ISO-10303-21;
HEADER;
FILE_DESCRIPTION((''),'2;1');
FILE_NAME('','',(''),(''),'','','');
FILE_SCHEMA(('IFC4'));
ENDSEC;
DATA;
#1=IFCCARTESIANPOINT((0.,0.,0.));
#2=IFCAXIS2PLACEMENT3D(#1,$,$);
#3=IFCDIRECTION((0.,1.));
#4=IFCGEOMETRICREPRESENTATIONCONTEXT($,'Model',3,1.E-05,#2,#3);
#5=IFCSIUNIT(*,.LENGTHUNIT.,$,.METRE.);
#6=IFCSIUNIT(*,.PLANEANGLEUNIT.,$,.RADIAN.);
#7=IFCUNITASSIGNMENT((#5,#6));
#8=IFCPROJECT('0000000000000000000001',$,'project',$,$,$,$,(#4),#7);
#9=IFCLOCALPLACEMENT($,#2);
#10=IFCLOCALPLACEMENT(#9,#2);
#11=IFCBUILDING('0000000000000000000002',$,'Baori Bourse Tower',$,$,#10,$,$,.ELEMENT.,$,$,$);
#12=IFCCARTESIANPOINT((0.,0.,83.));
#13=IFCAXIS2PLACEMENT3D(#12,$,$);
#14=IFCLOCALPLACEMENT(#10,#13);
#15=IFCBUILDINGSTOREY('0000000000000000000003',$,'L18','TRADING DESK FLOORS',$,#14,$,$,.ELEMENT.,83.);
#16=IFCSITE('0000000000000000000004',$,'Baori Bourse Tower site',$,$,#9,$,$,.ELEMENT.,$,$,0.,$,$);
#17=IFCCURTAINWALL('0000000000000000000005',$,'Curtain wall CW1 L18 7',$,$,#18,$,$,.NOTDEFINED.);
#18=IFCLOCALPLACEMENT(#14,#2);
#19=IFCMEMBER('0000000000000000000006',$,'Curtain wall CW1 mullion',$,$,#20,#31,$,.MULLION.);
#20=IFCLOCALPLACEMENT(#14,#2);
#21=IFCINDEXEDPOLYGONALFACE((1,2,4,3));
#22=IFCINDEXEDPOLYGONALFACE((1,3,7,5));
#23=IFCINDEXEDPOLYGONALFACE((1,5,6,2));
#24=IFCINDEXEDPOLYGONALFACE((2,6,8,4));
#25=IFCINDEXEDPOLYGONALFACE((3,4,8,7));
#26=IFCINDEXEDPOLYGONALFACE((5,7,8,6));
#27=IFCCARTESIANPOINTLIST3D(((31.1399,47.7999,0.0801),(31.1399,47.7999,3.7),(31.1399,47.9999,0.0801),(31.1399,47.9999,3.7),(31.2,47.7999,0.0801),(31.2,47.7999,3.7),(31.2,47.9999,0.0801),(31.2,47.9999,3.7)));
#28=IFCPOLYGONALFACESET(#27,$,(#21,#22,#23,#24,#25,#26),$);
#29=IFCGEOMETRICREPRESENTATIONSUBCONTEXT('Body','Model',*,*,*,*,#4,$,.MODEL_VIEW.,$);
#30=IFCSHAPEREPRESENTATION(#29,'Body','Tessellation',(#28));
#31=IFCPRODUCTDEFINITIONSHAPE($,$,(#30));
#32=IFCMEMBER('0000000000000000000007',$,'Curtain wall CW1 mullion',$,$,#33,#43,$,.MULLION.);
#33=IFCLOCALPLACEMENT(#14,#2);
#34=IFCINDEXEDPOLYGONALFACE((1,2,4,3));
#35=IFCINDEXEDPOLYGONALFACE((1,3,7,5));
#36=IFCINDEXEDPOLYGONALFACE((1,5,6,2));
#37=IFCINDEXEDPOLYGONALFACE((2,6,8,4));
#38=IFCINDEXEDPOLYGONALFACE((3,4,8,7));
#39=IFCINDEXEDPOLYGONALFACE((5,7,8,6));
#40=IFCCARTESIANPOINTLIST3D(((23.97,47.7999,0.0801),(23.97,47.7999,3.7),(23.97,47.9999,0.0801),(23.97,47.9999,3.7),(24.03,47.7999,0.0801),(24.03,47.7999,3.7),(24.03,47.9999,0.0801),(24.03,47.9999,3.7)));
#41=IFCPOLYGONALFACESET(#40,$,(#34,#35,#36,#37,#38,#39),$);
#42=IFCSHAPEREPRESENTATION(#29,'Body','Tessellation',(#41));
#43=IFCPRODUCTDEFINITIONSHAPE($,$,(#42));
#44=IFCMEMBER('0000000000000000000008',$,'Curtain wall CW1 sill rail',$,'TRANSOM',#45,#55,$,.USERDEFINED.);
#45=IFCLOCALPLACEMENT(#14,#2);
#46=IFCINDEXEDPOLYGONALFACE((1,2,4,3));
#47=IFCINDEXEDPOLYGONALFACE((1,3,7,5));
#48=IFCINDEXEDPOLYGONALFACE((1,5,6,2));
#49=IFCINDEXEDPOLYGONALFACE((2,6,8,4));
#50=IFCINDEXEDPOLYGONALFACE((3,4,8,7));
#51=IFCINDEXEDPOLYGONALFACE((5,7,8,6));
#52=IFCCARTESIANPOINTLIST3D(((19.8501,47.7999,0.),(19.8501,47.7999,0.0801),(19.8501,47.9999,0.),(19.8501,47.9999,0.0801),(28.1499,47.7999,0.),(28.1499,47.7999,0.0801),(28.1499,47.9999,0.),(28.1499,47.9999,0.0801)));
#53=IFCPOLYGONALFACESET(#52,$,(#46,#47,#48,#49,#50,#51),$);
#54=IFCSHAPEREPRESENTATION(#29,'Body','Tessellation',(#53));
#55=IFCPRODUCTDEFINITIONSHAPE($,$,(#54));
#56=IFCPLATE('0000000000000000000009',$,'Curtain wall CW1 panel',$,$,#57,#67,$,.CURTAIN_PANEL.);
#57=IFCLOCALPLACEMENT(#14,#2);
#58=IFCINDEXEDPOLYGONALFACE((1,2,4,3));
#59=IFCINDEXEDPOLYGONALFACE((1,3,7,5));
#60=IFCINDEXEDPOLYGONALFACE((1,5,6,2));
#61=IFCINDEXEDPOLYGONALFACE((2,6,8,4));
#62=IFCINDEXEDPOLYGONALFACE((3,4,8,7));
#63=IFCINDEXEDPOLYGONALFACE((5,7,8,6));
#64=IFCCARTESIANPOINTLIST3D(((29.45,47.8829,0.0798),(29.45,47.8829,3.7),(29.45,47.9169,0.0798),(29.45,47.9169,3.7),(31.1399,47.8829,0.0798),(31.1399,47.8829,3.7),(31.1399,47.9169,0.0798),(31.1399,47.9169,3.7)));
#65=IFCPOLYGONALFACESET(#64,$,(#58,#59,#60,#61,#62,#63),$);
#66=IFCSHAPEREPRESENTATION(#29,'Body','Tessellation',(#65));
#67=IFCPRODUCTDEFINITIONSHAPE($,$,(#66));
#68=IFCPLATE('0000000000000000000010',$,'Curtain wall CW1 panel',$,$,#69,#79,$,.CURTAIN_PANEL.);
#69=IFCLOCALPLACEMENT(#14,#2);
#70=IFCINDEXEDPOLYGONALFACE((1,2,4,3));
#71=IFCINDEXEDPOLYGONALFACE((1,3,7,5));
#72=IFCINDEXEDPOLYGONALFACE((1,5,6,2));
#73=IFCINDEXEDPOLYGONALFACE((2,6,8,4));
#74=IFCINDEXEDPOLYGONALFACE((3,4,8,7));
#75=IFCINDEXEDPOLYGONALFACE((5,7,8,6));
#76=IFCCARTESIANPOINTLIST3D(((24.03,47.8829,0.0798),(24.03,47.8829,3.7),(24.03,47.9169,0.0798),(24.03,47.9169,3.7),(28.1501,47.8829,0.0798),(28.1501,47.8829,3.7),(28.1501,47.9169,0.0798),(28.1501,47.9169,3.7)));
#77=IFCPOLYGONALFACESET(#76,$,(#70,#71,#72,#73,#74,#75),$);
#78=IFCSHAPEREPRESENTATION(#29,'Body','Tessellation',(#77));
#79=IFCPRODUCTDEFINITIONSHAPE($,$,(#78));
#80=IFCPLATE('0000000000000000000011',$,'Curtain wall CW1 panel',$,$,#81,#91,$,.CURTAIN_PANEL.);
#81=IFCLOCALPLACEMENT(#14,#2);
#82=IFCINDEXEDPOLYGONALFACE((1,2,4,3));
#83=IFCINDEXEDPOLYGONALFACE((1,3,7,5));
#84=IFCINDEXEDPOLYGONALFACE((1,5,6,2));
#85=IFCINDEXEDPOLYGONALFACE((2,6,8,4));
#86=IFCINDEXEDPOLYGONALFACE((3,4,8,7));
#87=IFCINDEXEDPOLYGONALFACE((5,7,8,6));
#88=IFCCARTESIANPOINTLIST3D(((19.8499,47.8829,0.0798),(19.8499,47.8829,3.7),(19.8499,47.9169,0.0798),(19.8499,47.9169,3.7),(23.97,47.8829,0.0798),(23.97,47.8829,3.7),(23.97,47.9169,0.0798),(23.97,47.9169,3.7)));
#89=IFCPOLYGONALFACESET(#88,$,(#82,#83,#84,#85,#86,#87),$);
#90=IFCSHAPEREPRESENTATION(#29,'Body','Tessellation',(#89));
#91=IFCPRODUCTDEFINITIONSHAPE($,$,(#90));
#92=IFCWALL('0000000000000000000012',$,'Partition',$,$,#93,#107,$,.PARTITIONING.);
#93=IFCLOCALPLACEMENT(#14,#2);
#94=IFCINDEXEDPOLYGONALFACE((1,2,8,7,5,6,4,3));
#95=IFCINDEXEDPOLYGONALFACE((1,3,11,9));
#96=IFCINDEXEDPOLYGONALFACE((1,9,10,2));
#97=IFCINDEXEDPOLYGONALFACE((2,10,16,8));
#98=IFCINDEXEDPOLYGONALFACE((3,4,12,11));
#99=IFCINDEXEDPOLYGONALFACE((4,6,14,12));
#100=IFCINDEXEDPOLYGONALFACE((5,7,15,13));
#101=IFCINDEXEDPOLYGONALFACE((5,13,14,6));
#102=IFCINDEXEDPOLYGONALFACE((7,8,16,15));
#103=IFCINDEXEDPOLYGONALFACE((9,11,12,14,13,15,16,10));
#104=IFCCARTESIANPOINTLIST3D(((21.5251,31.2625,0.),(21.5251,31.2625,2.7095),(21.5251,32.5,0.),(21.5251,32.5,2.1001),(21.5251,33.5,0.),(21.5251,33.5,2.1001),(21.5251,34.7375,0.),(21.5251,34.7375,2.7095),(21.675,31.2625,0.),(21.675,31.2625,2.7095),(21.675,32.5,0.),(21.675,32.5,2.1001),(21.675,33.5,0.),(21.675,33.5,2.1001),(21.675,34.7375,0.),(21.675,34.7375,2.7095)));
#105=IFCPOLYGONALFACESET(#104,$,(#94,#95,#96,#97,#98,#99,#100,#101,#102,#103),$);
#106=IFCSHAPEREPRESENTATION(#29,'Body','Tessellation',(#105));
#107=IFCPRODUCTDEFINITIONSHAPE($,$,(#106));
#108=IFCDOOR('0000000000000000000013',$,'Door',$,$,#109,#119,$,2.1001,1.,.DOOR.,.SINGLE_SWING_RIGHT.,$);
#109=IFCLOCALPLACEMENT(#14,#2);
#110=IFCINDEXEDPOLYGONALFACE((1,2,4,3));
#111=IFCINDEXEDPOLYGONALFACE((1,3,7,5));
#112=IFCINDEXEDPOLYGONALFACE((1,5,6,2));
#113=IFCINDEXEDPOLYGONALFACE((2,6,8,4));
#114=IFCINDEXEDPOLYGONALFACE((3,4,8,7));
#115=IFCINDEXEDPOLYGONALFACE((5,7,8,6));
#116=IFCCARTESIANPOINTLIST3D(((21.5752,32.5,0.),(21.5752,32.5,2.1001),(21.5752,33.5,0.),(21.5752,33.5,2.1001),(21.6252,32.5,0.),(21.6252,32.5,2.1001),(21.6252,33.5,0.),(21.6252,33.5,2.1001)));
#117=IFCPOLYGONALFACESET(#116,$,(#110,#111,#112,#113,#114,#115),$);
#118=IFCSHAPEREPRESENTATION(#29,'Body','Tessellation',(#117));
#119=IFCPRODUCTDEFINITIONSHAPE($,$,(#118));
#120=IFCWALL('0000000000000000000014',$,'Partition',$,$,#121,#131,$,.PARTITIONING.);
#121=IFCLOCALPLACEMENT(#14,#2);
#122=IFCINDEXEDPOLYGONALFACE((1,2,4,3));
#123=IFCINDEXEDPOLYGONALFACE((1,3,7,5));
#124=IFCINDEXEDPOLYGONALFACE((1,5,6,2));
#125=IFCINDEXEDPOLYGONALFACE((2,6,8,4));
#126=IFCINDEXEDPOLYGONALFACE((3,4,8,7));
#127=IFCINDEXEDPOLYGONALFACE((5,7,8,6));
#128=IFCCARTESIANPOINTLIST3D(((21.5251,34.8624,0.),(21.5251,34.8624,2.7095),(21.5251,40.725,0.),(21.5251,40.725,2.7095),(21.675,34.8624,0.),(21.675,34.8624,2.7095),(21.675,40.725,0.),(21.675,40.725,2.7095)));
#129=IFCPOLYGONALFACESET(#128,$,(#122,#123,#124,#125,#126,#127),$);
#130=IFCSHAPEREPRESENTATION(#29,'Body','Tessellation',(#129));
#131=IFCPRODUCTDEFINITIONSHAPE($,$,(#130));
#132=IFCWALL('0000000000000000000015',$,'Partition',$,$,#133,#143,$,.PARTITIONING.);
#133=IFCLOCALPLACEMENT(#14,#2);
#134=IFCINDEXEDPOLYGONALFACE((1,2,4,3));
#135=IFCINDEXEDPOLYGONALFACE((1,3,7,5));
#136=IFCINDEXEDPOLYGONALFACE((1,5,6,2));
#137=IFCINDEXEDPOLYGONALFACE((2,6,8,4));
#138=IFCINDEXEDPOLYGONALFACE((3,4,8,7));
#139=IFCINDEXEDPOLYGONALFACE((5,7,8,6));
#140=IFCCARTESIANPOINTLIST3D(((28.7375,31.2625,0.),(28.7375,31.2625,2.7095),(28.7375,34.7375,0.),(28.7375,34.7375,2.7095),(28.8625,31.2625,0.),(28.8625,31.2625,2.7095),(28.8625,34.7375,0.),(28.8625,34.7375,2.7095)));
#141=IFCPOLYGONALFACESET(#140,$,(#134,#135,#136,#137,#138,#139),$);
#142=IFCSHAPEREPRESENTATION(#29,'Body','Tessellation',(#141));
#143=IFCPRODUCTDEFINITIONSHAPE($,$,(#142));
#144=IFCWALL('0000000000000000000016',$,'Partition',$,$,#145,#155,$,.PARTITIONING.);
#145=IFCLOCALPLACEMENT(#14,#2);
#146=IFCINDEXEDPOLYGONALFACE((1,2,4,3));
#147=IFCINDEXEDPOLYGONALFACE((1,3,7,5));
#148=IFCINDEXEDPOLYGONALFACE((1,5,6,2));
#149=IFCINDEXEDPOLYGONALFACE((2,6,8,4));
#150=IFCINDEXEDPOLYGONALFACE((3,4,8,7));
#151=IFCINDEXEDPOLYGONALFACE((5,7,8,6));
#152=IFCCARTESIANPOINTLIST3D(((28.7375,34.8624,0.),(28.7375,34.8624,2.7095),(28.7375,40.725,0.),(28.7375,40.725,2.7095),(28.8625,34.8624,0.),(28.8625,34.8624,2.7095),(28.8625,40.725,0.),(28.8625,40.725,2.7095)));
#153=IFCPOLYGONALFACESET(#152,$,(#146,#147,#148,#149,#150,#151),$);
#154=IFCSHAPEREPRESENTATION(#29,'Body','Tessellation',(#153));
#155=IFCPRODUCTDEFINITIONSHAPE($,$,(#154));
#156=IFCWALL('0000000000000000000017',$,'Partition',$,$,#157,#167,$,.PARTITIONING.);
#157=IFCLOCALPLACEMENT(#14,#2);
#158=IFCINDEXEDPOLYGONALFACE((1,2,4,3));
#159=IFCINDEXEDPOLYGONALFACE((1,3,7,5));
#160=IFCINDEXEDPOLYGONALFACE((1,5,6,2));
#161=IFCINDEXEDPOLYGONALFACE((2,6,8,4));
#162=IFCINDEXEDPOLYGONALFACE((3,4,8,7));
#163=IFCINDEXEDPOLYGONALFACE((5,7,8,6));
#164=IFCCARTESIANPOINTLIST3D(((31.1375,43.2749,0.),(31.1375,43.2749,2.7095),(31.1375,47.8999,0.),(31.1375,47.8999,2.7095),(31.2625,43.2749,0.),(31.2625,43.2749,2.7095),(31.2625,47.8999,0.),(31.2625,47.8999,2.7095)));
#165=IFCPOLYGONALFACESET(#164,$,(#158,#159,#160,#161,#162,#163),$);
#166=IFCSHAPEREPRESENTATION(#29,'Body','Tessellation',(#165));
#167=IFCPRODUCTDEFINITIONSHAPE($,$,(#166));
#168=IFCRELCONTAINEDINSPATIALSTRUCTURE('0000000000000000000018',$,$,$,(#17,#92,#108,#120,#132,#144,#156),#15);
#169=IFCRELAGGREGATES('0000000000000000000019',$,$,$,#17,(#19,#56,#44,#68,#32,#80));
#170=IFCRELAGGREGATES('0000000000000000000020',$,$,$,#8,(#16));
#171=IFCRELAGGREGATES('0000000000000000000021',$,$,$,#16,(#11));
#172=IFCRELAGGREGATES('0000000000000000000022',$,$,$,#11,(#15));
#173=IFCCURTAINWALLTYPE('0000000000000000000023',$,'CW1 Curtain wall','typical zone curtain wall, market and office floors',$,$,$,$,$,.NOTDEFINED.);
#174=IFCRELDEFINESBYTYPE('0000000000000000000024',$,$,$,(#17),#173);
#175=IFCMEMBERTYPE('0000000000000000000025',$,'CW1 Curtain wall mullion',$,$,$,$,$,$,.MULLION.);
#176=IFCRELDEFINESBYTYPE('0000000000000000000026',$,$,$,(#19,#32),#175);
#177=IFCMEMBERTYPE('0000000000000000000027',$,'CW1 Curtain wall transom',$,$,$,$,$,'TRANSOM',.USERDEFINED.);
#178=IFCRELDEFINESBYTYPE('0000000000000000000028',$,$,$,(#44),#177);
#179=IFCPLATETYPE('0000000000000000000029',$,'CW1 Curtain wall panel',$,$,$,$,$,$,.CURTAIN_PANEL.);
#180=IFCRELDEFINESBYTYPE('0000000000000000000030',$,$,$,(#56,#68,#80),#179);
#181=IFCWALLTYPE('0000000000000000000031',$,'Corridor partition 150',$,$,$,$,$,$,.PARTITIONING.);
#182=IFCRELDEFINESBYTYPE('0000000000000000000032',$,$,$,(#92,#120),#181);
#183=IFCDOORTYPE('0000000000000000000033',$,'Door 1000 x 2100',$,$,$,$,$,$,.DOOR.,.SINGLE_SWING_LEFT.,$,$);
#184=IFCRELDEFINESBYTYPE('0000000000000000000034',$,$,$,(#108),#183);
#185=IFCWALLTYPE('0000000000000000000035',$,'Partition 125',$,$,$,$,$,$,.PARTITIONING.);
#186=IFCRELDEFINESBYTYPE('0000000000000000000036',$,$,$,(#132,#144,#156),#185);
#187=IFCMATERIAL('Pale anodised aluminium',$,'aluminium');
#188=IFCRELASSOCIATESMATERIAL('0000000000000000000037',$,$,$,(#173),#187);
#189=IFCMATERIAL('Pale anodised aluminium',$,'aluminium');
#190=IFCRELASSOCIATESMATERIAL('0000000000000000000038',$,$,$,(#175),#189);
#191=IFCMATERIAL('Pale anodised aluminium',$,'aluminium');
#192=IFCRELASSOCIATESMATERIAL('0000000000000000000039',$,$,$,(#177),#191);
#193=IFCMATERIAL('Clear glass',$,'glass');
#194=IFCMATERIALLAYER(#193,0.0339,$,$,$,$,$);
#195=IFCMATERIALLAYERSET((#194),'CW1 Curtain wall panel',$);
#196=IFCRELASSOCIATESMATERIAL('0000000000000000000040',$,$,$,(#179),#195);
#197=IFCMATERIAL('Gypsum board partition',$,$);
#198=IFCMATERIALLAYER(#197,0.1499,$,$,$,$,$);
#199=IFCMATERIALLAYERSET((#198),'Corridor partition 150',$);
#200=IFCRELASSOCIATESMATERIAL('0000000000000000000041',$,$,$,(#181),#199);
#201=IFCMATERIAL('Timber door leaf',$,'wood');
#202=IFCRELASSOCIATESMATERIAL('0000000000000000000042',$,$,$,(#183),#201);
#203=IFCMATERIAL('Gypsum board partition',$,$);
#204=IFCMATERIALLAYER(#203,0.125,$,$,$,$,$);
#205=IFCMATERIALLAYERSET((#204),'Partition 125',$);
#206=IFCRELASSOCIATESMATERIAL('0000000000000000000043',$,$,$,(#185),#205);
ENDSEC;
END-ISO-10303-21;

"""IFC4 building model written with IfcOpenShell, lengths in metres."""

from ifc_helpers import new_model, si_unit, direction, frame, frame_2d, origin, origin_2d, place, context, subcontext, project, spatial, rectangle, extrude, material, layer, layer_set, material_profile, profile_set, type_object, element, fill, aggregate, save


model = new_model("IFC4")

# Units and contexts
model_context = context("Model", 3, precision=1e-05, world=origin(), true_north=direction((0.0, 1.0)))
body_context = subcontext(model_context, "Body", "Model", "MODEL_VIEW")
ifc_project = project(units=[si_unit("LENGTHUNIT", "METRE"), si_unit("PLANEANGLEUNIT", "RADIAN")], contexts=[model_context])

# Site, building, storey
site_placement = place(None, origin())
site = spatial("IfcSite", under=ifc_project, at=site_placement, Name="Baori Bourse Tower site", CompositionType="ELEMENT", RefElevation=0.0)
building_placement = place(site_placement, origin())
building = spatial("IfcBuilding", under=site, at=building_placement, Name="Baori Bourse Tower", CompositionType="ELEMENT")
storey_placement = place(building_placement, frame((0.0, 0.0, 83.0)))
storey = spatial("IfcBuildingStorey", under=building, at=storey_placement, Name="L18", Description="TRADING DESK FLOORS", CompositionType="ELEMENT", Elevation=83.0)

# Curtain wall, members, plates
ifc_material_1 = material(Name="Pale anodised aluminium", Category="aluminium")
curtain_wall_type = type_object("IfcCurtainWallType", Name="CW1 Curtain wall", Description="typical zone curtain wall, market and office floors", PredefinedType="NOTDEFINED", material=ifc_material_1)
curtain_wall_placement = place(storey_placement, origin())
curtain_wall = element("IfcCurtainWall", 1, at=curtain_wall_placement, inside=storey, type_object=curtain_wall_type, Name="Curtain wall CW1 L18 7", PredefinedType="NOTDEFINED")
ifc_material_2 = material(Name="Pale anodised aluminium", Category="aluminium")
ifc_material_profile_1 = material_profile(ifc_material_2, rectangle(XDim=0.2, YDim=0.0601, at=origin_2d()), Name="Mullion 60x200")
ifc_profile_set_1 = profile_set([ifc_material_profile_1], Name="Pale anodised aluminium")
member_type_1 = type_object("IfcMemberType", Name="CW1 Curtain wall mullion", PredefinedType="MULLION", material=ifc_profile_set_1)
member_1_placement = place(storey_placement, frame((31.1699, 47.8999, 0.0801), z_axis=(0.0, 0.0, 1.0), x_axis=(0.0, -1.0, 0.0)))
member_1 = element("IfcMember", 2, at=member_1_placement, type_object=member_type_1, Name="Curtain wall CW1 mullion", PredefinedType="MULLION", context=body_context, shape_type="SweptSolid", body=[
    extrude(rectangle(XDim=0.2, YDim=0.0601, at=origin_2d()), origin(), (0.0, 0.0, 1.0), 3.6199),
])
member_2_placement = place(storey_placement, frame((24.0, 47.8999, 0.0801), z_axis=(0.0, 0.0, 1.0), x_axis=(0.0, -1.0, 0.0)))
member_2 = element("IfcMember", 3, at=member_2_placement, type_object=member_type_1, Name="Curtain wall CW1 mullion", PredefinedType="MULLION", context=body_context, shape_type="SweptSolid", body=[
    extrude(rectangle(XDim=0.2, YDim=0.0601, at=origin_2d()), origin(), (0.0, 0.0, 1.0), 3.6199),
])
ifc_material_3 = material(Name="Pale anodised aluminium", Category="aluminium")
ifc_material_profile_2 = material_profile(ifc_material_3, rectangle(XDim=0.2, YDim=0.0801, at=origin_2d()), Name="Transom 80x200")
ifc_profile_set_2 = profile_set([ifc_material_profile_2], Name="Pale anodised aluminium")
member_type_2 = type_object("IfcMemberType", Name="CW1 Curtain wall transom", ElementType="TRANSOM", PredefinedType="USERDEFINED", material=ifc_profile_set_2)
member_3_placement = place(storey_placement, frame((28.1499, 47.8999, 0.04), z_axis=(-1.0, 0.0, 0.0), x_axis=(0.0, -1.0, 0.0)))
member_3 = element("IfcMember", 4, at=member_3_placement, type_object=member_type_2, Name="Curtain wall CW1 sill rail", ObjectType="TRANSOM", PredefinedType="USERDEFINED", context=body_context, shape_type="SweptSolid", body=[
    extrude(rectangle(XDim=0.2, YDim=0.0801, at=origin_2d()), origin(), (0.0, 0.0, 1.0), 8.2998),
])
ifc_material_4 = material(Name="Clear glass", Category="glass")
ifc_layer_1 = layer(ifc_material_4, 0.0339)
ifc_layer_set_1 = layer_set([ifc_layer_1], Name="CW1 Curtain wall panel")
plate_type = type_object("IfcPlateType", Name="CW1 Curtain wall panel", PredefinedType="CURTAIN_PANEL", material=ifc_layer_set_1)
plate_1_placement = place(storey_placement, frame((30.2949, 47.8999, 0.0798), z_axis=(0.0, 0.0, 1.0), x_axis=(-1.0, 0.0, 0.0)))
plate_1 = element("IfcPlate", 5, at=plate_1_placement, type_object=plate_type, Name="Curtain wall CW1 panel", PredefinedType="CURTAIN_PANEL", context=body_context, shape_type="SweptSolid", body=[
    extrude(rectangle(XDim=1.6899, YDim=0.0339, at=origin_2d()), origin(), (0.0, 0.0, 1.0), 3.6201),
])
plate_2_placement = place(storey_placement, frame((26.0901, 47.8999, 0.0798), z_axis=(0.0, 0.0, 1.0), x_axis=(-1.0, 0.0, 0.0)))
plate_2 = element("IfcPlate", 6, at=plate_2_placement, type_object=plate_type, Name="Curtain wall CW1 panel", PredefinedType="CURTAIN_PANEL", context=body_context, shape_type="SweptSolid", body=[
    extrude(rectangle(XDim=4.1201, YDim=0.0339, at=origin_2d()), origin(), (0.0, 0.0, 1.0), 3.6201),
])
plate_3_placement = place(storey_placement, frame((21.9099, 47.8999, 0.0798), z_axis=(0.0, 0.0, 1.0), x_axis=(-1.0, 0.0, 0.0)))
plate_3 = element("IfcPlate", 7, at=plate_3_placement, type_object=plate_type, Name="Curtain wall CW1 panel", PredefinedType="CURTAIN_PANEL", context=body_context, shape_type="SweptSolid", body=[
    extrude(rectangle(XDim=4.1201, YDim=0.0339, at=origin_2d()), origin(), (0.0, 0.0, 1.0), 3.6201),
])
aggregate(curtain_wall, [member_1, plate_1, member_3, plate_2, member_2, plate_3])

# Wall, opening, door
ifc_material_5 = material(Name="Gypsum board partition")
ifc_layer_2 = layer(ifc_material_5, 0.1499)
ifc_layer_set_2 = layer_set([ifc_layer_2], Name="Corridor partition 150")
wall_type_1 = type_object("IfcWallType", Name="Corridor partition 150", PredefinedType="PARTITIONING", material=ifc_layer_set_2)
wall_1_placement = place(storey_placement, frame((21.6001, 31.2625, 0.0), z_axis=(0.0, 0.0, 1.0), x_axis=(0.0, 1.0, 0.0)))
wall_1 = element("IfcWall", 8, at=wall_1_placement, inside=storey, type_object=wall_type_1, Name="Partition", PredefinedType="PARTITIONING", context=body_context, shape_type="SweptSolid", body=[
    extrude(rectangle(XDim=3.4751, YDim=0.1499, at=frame_2d((1.7375, 0.0))), origin(), (0.0, 0.0, 1.0), 2.7095),
])
opening_placement = place(wall_1_placement, frame((1.2375, 0.0, 0.0)))
opening = element("IfcOpeningElement", 9, at=opening_placement, cuts=wall_1, PredefinedType="OPENING", context=body_context, shape_type="SweptSolid", body=[
    extrude(rectangle(XDim=1.0, YDim=2.1001, at=frame_2d((0.5, 1.05))), frame((0.0, 0.085, 0.0), z_axis=(0.0, -1.0, 0.0), x_axis=(1.0, 0.0, 0.0)), (0.0, 0.0, 1.0), 0.1699),
])
ifc_material_6 = material(Name="Timber door leaf", Category="wood")
door_type = type_object("IfcDoorType", Name="Door 1000 x 2100", OperationType="SINGLE_SWING_LEFT", PredefinedType="DOOR", material=ifc_material_6)
door_placement = place(opening_placement, origin())
door = element("IfcDoor", 10, at=door_placement, inside=storey, type_object=door_type, Name="Door", OperationType="SINGLE_SWING_RIGHT", OverallHeight=2.1001, OverallWidth=1.0, PredefinedType="DOOR", context=body_context, shape_type="SweptSolid", body=[
    extrude(rectangle(XDim=1.0, YDim=2.1001, at=frame_2d((0.5, 1.05))), frame((0.0, 0.0249, 0.0), z_axis=(0.0, -1.0, 0.0), x_axis=(1.0, 0.0, 0.0)), (0.0, 0.0, 1.0), 0.05),
])
fill(opening, door)

# Walls
wall_2_placement = place(storey_placement, frame((21.6001, 34.8625, 0.0), z_axis=(0.0, 0.0, 1.0), x_axis=(0.0, 1.0, 0.0)))
element("IfcWall", 11, at=wall_2_placement, inside=storey, type_object=wall_type_1, Name="Partition", PredefinedType="PARTITIONING", context=body_context, shape_type="SweptSolid", body=[
    extrude(rectangle(XDim=5.8625, YDim=0.1499, at=frame_2d((2.9312, 0.0))), origin(), (0.0, 0.0, 1.0), 2.7095),
])
ifc_material_7 = material(Name="Gypsum board partition")
ifc_layer_3 = layer(ifc_material_7, 0.125)
ifc_layer_set_3 = layer_set([ifc_layer_3], Name="Partition 125")
wall_type_2 = type_object("IfcWallType", Name="Partition 125", PredefinedType="PARTITIONING", material=ifc_layer_set_3)
wall_3_placement = place(storey_placement, frame((28.8, 31.2625, 0.0), z_axis=(0.0, 0.0, 1.0), x_axis=(0.0, 1.0, 0.0)))
element("IfcWall", 12, at=wall_3_placement, inside=storey, type_object=wall_type_2, Name="Partition", PredefinedType="PARTITIONING", context=body_context, shape_type="SweptSolid", body=[
    extrude(rectangle(XDim=3.4751, YDim=0.125, at=frame_2d((1.7375, 0.0))), origin(), (0.0, 0.0, 1.0), 2.7095),
])
wall_4_placement = place(storey_placement, frame((28.8, 34.8625, 0.0), z_axis=(0.0, 0.0, 1.0), x_axis=(0.0, 1.0, 0.0)))
element("IfcWall", 13, at=wall_4_placement, inside=storey, type_object=wall_type_2, Name="Partition", PredefinedType="PARTITIONING", context=body_context, shape_type="SweptSolid", body=[
    extrude(rectangle(XDim=5.8625, YDim=0.125, at=frame_2d((2.9312, 0.0))), origin(), (0.0, 0.0, 1.0), 2.7095),
])
wall_5_placement = place(storey_placement, frame((31.2, 43.2749, 0.0), z_axis=(0.0, 0.0, 1.0), x_axis=(0.0, 1.0, 0.0)))
element("IfcWall", 14, at=wall_5_placement, inside=storey, type_object=wall_type_2, Name="Partition", PredefinedType="PARTITIONING", context=body_context, shape_type="SweptSolid", body=[
    extrude(rectangle(XDim=4.625, YDim=0.125, at=frame_2d((2.3125, 0.0))), origin(), (0.0, 0.0, 1.0), 2.7095),
])

save(model, "model.ifc")
